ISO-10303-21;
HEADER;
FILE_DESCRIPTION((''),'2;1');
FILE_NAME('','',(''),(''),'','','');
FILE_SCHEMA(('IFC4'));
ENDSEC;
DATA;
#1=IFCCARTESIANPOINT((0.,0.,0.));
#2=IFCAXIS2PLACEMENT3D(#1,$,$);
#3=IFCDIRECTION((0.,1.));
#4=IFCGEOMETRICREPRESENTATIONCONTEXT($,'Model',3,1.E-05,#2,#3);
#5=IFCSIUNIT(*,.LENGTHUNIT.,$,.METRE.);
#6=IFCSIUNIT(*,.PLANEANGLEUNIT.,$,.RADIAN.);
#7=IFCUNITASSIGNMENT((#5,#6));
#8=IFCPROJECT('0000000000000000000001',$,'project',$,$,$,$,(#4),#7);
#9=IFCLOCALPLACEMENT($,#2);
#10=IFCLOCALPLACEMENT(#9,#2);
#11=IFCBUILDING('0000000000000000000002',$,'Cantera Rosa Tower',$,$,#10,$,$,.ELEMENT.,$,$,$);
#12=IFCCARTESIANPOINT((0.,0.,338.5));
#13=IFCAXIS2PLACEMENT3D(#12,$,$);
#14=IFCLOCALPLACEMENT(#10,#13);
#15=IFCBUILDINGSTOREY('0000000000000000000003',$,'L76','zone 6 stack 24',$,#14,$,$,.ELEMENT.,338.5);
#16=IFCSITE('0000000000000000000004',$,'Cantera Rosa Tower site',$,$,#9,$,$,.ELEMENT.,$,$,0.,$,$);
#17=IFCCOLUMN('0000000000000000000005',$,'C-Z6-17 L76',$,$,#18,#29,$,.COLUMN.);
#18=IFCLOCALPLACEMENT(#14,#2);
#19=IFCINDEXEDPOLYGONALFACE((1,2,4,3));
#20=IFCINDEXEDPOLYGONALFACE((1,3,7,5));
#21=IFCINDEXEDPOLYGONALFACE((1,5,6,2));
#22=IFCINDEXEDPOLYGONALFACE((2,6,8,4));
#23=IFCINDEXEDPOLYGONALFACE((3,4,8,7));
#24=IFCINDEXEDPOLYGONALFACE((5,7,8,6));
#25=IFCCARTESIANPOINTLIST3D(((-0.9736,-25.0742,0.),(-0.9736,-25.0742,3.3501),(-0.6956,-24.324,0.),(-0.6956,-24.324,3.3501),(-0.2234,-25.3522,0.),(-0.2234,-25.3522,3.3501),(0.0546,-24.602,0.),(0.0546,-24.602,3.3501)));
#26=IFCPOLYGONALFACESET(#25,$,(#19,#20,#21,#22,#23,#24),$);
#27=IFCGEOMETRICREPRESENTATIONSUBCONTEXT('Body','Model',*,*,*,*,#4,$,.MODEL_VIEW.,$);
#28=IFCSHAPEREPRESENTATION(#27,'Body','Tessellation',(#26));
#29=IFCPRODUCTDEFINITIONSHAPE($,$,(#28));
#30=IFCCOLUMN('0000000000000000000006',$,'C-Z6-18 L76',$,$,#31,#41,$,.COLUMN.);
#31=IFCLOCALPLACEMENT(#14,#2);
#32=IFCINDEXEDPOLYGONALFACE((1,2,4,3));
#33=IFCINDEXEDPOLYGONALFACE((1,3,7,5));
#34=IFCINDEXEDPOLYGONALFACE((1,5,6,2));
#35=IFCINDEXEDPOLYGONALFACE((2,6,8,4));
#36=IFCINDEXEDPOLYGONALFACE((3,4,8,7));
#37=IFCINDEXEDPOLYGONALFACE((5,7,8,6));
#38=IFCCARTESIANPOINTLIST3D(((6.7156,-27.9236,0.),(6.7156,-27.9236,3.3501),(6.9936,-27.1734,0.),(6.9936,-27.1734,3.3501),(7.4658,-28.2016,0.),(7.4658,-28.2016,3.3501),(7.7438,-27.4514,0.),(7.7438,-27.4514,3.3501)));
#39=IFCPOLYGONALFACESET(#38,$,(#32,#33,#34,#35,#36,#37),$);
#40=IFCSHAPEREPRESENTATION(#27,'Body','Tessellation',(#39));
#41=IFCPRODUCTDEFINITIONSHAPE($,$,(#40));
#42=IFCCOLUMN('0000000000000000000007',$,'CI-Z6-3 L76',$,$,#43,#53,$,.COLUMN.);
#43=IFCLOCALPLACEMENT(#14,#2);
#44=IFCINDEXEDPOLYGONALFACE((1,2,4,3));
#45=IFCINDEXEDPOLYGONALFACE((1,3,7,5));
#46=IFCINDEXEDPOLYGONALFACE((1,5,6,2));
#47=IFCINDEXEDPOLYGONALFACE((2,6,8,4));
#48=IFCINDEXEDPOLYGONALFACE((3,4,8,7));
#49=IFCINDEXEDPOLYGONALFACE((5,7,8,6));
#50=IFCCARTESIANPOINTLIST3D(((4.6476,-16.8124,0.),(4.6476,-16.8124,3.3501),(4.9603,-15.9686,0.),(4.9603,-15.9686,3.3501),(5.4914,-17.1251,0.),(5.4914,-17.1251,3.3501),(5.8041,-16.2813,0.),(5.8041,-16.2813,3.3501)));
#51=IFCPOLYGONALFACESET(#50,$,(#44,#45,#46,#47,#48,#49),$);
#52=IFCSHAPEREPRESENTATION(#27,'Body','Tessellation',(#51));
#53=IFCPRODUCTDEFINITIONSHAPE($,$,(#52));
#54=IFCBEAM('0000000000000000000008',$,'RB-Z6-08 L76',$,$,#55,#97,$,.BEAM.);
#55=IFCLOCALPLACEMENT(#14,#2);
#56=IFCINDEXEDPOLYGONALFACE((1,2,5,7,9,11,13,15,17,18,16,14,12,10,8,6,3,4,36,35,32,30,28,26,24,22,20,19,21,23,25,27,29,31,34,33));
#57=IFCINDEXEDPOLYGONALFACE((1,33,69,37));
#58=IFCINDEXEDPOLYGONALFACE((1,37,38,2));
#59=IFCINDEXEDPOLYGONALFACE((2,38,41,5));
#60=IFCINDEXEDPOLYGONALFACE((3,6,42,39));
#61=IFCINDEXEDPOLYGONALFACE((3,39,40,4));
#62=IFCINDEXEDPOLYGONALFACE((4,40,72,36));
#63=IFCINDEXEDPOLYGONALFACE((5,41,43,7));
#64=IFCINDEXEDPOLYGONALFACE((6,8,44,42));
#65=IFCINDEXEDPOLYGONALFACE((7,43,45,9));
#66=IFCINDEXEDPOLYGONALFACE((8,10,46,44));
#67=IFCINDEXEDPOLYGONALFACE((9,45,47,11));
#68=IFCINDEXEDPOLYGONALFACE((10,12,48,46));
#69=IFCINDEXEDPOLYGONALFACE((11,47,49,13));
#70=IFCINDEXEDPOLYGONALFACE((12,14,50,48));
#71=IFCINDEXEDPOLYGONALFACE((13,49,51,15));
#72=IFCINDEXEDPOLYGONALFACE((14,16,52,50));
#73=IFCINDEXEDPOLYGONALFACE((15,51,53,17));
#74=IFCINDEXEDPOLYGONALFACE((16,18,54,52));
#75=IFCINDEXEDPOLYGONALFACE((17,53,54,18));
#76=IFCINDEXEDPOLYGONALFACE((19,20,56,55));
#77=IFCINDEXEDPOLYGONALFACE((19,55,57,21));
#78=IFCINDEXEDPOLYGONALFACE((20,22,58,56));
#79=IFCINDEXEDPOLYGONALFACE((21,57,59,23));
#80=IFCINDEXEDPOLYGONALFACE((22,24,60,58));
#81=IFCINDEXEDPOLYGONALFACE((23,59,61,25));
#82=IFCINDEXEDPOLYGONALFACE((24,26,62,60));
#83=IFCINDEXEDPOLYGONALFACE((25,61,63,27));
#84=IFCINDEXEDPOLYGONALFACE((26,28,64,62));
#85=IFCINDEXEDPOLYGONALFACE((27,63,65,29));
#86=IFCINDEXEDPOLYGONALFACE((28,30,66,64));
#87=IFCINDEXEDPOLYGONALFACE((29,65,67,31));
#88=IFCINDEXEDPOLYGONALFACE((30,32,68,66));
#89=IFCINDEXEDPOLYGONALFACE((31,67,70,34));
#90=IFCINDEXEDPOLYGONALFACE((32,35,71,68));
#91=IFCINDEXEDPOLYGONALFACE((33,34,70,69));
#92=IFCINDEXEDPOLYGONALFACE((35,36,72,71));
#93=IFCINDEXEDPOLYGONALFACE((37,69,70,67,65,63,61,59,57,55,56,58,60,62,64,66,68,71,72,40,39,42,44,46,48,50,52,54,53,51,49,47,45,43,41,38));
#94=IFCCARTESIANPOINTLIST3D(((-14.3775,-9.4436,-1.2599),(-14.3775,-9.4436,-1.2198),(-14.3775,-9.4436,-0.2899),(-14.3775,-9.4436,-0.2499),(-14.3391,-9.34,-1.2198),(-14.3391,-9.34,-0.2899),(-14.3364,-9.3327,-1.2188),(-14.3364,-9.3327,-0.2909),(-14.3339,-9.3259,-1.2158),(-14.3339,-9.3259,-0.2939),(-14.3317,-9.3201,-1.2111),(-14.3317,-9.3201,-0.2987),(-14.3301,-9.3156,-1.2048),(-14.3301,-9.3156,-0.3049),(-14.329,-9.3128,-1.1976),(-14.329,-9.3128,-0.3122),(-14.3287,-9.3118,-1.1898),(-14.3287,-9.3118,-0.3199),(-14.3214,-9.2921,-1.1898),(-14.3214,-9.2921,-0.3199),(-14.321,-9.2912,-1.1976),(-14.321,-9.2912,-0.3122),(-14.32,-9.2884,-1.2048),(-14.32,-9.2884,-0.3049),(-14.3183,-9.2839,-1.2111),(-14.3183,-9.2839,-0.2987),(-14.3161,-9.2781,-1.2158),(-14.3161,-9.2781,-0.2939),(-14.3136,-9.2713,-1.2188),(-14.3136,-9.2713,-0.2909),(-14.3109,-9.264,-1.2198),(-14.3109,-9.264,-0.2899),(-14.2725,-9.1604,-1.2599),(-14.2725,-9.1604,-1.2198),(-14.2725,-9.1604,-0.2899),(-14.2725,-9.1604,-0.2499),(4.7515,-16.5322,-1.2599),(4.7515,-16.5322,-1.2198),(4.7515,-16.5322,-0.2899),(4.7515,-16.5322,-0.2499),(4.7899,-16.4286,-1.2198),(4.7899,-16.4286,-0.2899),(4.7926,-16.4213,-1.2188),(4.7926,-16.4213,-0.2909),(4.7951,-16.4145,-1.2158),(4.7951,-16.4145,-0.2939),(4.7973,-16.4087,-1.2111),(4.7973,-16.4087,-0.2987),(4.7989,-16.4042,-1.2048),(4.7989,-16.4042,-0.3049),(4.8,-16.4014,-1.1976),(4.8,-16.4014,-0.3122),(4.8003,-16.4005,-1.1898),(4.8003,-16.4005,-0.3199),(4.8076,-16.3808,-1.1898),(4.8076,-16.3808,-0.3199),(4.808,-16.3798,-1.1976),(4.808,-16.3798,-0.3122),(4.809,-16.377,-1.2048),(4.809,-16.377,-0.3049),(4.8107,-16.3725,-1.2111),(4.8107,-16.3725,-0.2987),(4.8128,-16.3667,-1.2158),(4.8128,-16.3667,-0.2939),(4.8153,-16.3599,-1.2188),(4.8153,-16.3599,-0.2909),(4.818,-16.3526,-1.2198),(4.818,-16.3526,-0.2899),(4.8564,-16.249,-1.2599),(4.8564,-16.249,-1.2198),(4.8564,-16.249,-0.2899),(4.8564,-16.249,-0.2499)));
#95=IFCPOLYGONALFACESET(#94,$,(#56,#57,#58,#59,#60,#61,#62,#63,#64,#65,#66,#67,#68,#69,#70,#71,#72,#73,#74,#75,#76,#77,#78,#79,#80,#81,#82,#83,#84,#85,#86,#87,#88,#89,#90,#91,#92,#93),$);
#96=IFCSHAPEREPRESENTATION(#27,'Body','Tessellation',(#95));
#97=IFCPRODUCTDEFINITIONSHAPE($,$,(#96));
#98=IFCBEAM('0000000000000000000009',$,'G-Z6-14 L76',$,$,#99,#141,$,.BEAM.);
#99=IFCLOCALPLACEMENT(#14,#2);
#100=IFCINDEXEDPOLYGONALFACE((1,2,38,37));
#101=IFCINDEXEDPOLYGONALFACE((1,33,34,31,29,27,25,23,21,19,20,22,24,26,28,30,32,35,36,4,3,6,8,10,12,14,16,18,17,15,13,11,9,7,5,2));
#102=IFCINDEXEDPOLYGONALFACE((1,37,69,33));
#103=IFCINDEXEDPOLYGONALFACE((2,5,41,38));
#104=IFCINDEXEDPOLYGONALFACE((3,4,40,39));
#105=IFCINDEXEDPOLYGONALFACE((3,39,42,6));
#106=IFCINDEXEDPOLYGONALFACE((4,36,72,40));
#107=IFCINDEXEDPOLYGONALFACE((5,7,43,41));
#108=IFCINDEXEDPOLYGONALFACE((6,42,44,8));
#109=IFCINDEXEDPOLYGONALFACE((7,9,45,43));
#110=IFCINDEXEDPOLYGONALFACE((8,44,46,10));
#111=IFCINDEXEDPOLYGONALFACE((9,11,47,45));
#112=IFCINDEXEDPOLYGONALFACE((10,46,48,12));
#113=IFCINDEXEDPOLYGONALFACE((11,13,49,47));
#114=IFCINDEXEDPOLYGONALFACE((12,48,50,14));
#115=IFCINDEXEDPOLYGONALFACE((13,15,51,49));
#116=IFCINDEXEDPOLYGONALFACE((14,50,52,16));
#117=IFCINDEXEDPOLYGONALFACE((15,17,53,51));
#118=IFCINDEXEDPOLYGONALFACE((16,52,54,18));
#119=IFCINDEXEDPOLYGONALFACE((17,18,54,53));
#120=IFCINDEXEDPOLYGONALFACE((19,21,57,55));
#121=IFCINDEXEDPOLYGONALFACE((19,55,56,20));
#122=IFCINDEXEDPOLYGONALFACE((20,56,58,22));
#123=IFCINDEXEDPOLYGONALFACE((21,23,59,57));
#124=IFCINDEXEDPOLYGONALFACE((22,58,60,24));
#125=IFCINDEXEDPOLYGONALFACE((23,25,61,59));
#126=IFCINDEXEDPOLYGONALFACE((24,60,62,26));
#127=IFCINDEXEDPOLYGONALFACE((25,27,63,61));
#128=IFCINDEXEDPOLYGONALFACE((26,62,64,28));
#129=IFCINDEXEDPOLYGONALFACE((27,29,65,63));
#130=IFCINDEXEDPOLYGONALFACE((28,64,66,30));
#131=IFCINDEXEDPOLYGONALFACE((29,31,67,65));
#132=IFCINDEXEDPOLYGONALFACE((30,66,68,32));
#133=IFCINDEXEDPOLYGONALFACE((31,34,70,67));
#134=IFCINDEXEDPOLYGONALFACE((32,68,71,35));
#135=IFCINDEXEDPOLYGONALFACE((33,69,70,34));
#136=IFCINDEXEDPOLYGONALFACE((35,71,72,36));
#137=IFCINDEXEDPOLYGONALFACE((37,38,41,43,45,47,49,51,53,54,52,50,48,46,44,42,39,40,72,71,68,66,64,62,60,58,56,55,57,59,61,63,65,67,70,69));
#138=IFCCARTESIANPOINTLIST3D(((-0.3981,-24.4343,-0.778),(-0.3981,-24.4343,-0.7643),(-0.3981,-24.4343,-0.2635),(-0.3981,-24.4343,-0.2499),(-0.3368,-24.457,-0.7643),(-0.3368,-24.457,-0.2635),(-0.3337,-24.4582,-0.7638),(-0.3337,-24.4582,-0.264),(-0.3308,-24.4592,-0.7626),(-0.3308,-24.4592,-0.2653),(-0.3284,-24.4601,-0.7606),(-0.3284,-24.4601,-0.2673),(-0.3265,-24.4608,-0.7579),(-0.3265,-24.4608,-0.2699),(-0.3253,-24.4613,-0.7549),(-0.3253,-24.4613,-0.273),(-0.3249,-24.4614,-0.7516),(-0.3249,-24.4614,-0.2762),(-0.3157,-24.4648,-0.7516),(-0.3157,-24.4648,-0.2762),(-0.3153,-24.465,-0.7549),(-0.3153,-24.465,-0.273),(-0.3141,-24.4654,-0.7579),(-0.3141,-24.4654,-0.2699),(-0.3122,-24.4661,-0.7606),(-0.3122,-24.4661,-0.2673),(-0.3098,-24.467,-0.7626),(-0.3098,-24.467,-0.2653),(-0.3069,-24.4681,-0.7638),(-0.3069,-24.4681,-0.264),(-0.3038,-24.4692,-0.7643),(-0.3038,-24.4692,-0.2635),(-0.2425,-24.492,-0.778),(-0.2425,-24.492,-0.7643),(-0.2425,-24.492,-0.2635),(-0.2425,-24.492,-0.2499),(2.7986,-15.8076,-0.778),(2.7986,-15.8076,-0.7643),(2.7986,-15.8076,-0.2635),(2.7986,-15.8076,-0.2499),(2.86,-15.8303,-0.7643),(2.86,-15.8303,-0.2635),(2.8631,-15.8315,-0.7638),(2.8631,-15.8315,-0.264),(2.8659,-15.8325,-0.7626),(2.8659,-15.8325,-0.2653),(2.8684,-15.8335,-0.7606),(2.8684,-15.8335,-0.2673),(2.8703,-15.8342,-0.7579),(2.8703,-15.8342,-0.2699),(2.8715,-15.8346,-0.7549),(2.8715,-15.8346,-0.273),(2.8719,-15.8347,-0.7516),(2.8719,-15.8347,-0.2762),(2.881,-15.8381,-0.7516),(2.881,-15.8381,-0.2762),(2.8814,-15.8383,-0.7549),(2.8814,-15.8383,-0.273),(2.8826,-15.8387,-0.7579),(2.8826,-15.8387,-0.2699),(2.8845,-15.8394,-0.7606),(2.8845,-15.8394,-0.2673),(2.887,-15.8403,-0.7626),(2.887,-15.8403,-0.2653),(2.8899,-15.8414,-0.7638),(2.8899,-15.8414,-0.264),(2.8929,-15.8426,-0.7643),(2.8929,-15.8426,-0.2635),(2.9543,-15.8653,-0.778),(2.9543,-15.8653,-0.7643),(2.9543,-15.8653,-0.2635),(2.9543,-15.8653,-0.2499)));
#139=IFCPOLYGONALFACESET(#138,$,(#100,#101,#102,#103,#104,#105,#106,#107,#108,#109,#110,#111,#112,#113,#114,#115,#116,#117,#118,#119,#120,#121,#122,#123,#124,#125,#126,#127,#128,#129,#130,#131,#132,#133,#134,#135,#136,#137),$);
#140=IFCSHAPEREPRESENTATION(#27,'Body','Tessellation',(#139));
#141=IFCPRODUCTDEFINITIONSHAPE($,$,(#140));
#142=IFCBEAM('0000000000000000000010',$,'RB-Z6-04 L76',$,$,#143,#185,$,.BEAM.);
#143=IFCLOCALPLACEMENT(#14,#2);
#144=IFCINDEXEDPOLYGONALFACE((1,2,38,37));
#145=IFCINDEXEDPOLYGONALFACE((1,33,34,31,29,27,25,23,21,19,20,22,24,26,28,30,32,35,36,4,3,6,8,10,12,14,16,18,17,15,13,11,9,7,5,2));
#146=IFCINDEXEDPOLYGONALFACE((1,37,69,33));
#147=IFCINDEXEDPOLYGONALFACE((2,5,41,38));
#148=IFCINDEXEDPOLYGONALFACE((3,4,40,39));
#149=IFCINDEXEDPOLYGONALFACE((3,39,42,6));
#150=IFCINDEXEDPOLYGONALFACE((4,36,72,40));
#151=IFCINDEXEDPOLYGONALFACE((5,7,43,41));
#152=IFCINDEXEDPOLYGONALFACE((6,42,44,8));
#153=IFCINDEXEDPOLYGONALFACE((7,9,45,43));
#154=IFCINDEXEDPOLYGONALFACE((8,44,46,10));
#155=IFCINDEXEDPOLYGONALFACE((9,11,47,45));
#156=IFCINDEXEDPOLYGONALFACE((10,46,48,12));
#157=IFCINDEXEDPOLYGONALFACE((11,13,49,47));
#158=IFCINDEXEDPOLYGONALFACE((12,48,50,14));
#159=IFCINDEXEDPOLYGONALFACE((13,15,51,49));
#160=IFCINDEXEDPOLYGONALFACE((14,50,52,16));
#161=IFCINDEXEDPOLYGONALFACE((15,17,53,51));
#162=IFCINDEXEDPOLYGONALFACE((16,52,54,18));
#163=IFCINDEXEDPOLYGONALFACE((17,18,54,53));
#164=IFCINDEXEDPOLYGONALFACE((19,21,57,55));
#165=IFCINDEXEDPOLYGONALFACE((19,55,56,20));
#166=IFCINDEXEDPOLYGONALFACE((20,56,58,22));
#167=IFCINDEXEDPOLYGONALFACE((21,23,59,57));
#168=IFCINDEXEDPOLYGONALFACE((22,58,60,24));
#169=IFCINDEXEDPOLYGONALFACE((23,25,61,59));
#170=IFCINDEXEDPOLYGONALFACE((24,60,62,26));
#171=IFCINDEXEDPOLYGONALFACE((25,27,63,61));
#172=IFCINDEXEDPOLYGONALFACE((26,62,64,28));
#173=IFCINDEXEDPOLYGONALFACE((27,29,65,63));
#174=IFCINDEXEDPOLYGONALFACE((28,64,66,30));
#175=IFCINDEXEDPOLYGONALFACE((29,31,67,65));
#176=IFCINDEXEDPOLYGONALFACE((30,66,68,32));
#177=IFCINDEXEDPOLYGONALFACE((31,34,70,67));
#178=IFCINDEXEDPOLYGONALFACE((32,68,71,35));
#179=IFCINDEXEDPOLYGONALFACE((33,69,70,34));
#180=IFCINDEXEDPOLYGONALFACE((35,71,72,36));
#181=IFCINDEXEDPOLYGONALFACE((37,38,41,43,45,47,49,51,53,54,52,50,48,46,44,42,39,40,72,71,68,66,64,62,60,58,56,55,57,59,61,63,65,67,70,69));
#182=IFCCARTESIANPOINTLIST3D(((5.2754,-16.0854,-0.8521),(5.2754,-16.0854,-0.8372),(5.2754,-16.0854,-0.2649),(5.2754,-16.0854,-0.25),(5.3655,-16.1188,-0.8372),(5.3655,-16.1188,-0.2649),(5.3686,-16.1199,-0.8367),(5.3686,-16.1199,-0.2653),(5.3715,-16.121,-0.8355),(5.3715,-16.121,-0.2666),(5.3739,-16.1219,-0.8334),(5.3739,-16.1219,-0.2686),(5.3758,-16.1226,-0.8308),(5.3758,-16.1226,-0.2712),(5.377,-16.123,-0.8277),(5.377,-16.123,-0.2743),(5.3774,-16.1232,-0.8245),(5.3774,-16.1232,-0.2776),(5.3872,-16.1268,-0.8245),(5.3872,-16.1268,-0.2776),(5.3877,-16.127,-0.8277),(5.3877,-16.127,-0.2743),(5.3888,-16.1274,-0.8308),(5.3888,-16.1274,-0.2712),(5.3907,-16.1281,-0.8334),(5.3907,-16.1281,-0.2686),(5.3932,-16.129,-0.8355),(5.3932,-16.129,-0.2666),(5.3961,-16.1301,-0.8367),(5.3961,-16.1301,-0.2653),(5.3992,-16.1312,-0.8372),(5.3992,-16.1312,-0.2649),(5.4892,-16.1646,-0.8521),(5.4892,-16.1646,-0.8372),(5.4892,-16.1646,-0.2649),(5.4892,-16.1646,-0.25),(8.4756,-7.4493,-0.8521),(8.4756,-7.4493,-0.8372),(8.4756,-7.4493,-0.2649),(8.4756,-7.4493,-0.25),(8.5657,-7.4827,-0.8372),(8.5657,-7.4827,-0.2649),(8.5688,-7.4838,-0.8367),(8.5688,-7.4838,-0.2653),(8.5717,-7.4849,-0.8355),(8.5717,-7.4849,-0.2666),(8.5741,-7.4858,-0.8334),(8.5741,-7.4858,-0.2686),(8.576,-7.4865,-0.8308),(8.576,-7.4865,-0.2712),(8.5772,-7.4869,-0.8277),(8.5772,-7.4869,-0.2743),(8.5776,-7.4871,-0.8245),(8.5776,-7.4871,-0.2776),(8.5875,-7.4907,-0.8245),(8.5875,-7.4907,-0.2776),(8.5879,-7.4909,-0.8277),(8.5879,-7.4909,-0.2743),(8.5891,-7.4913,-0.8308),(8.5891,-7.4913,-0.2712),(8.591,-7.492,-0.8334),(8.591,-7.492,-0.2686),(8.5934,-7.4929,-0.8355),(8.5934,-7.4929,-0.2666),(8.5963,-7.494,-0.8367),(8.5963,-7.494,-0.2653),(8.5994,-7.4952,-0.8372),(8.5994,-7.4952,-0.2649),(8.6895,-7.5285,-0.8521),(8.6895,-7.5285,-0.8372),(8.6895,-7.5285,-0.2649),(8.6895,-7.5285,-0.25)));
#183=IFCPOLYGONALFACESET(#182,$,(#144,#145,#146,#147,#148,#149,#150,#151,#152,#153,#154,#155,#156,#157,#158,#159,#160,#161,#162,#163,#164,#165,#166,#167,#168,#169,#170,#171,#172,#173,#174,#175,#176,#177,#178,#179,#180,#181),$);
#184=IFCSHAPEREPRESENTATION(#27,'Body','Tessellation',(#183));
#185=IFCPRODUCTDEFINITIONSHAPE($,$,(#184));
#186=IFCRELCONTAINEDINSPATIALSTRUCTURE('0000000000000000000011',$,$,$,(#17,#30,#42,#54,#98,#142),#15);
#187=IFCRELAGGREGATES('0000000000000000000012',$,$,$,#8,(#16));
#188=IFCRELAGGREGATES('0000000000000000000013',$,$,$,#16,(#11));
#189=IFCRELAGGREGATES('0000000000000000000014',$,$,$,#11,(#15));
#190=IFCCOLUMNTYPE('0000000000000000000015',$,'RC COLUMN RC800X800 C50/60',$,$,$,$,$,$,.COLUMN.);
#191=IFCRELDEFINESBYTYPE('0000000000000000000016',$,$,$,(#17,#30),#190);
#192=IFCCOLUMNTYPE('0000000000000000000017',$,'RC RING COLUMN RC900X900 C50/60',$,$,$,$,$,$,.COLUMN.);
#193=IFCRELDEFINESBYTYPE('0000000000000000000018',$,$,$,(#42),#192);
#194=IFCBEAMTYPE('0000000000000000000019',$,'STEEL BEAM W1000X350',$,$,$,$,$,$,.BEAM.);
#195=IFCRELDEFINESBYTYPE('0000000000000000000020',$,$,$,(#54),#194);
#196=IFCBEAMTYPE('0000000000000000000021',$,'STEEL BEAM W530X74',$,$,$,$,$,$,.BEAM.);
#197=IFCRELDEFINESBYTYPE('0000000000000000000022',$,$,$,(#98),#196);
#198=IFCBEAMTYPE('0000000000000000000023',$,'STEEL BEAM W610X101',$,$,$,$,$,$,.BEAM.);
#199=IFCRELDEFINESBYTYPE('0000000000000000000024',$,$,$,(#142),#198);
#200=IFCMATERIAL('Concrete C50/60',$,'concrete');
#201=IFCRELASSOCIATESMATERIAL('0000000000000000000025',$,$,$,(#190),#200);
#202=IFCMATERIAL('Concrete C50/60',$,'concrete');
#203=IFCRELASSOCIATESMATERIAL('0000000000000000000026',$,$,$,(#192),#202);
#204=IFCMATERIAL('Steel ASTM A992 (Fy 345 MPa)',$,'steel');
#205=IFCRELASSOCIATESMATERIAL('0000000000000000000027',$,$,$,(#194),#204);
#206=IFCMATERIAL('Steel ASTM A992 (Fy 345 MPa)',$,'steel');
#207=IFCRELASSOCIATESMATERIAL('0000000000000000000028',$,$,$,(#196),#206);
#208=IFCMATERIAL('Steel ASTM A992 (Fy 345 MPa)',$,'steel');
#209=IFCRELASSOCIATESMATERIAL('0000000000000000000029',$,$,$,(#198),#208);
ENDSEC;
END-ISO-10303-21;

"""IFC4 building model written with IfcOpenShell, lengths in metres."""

from ifc_helpers import new_model, si_unit, direction, frame, origin, origin_2d, place, context, subcontext, project, spatial, rectangle, i_section, extrude, material, material_profile, profile_set, type_object, element, save


model = new_model("IFC4")

# Units and contexts
model_context = context("Model", 3, precision=1e-05, world=origin(), true_north=direction((0.0, 1.0)))
body_context = subcontext(model_context, "Body", "Model", "MODEL_VIEW")
ifc_project = project(units=[si_unit("LENGTHUNIT", "METRE"), si_unit("PLANEANGLEUNIT", "RADIAN")], contexts=[model_context])

# Site, building, storey
site_placement = place(None, origin())
site = spatial("IfcSite", under=ifc_project, at=site_placement, Name="Cantera Rosa Tower site", CompositionType="ELEMENT", RefElevation=0.0)
building_placement = place(site_placement, origin())
building = spatial("IfcBuilding", under=site, at=building_placement, Name="Cantera Rosa Tower", CompositionType="ELEMENT")
storey_placement = place(building_placement, frame((0.0, 0.0, 338.5)))
storey = spatial("IfcBuildingStorey", under=building, at=storey_placement, Name="L76", Description="zone 6 stack 24", CompositionType="ELEMENT", Elevation=338.5)

# Columns
ifc_material_1 = material(Name="Concrete C50/60", Category="concrete")
ifc_material_profile_1 = material_profile(ifc_material_1, rectangle(XDim=0.8, YDim=0.8, at=origin_2d()), Name="RC COLUMN RC800X800 C50/60")
ifc_profile_set_1 = profile_set([ifc_material_profile_1], Name="Concrete C50/60")
column_type_1 = type_object("IfcColumnType", Name="RC COLUMN RC800X800 C50/60", PredefinedType="COLUMN", material=ifc_profile_set_1)
for number, where, z_axis, x_axis, name in (
    (1, (-0.4595, -24.8381, 0.0), (0.0, 0.0, 1.0), (0.347481, 0.937687, 0.0), "C-Z6-17 L76"),
    (2, (7.2297, -27.6875, 0.0), (0.0, 0.0, 1.0), (0.347481, 0.937687, 0.0), "C-Z6-18 L76"),
):
    element("IfcColumn", number, at=place(storey_placement, frame(where, z_axis=z_axis, x_axis=x_axis)), inside=storey, type_object=column_type_1, Name=name, PredefinedType="COLUMN", context=body_context, shape_type="SweptSolid", body=[
        extrude(rectangle(XDim=0.8, YDim=0.8, at=origin_2d()), origin(), (0.0, 0.0, 1.0), 3.3501),
    ])
ifc_material_2 = material(Name="Concrete C50/60", Category="concrete")
ifc_material_profile_2 = material_profile(ifc_material_2, rectangle(XDim=0.8999, YDim=0.8999, at=origin_2d()), Name="RC RING COLUMN RC900X900 C50/60")
ifc_profile_set_2 = profile_set([ifc_material_profile_2], Name="Concrete C50/60")
column_type_2 = type_object("IfcColumnType", Name="RC RING COLUMN RC900X900 C50/60", PredefinedType="COLUMN", material=ifc_profile_set_2)
column_placement = place(storey_placement, frame((5.2258, -16.5469, 0.0), z_axis=(0.0, 0.0, 1.0), x_axis=(0.347481, 0.937687, 0.0)))
element("IfcColumn", 3, at=column_placement, inside=storey, type_object=column_type_2, Name="CI-Z6-3 L76", PredefinedType="COLUMN", context=body_context, shape_type="SweptSolid", body=[
    extrude(rectangle(XDim=0.8999, YDim=0.8999, at=origin_2d()), origin(), (0.0, 0.0, 1.0), 3.3501),
])

# Beams
ifc_material_3 = material(Name="Steel ASTM A992 (Fy 345 MPa)", Category="steel")
ifc_material_profile_3 = material_profile(ifc_material_3, i_section(OverallWidth=0.302, OverallDepth=1.01, WebThickness=0.021, FlangeThickness=0.04, FilletRadius=0.03, at=origin_2d()), Name="W1000X350")
ifc_profile_set_3 = profile_set([ifc_material_profile_3], Name="Steel ASTM A992 (Fy 345 MPa)")
beam_type_1 = type_object("IfcBeamType", Name="STEEL BEAM W1000X350", PredefinedType="BEAM", material=ifc_profile_set_3)
beam_1_placement = place(storey_placement, frame((4.804, -16.3906, -0.7549), z_axis=(-0.937687, 0.34748, 0.0), x_axis=(-0.34748, -0.937687, 0.0)))
element("IfcBeam", 4, at=beam_1_placement, inside=storey, type_object=beam_type_1, Name="RB-Z6-08 L76", PredefinedType="BEAM", context=body_context, shape_type="SweptSolid", body=[
    extrude(i_section(OverallWidth=0.302, OverallDepth=1.01, WebThickness=0.021, FlangeThickness=0.04, FilletRadius=0.03, at=origin_2d()), origin(), (0.0, 0.0, 1.0), 20.4001),
])
ifc_material_4 = material(Name="Steel ASTM A992 (Fy 345 MPa)", Category="steel")
ifc_material_profile_4 = material_profile(ifc_material_4, i_section(OverallWidth=0.166, OverallDepth=0.5281, WebThickness=0.0098, FlangeThickness=0.0137, FilletRadius=0.0127, at=origin_2d()), Name="W530X74")
ifc_profile_set_4 = profile_set([ifc_material_profile_4], Name="Steel ASTM A992 (Fy 345 MPa)")
beam_type_2 = type_object("IfcBeamType", Name="STEEL BEAM W530X74", PredefinedType="BEAM", material=ifc_profile_set_4)
beam_2_placement = place(storey_placement, frame((-0.3203, -24.4631, -0.5139), z_axis=(0.347477, 0.937689, 0.0), x_axis=(-0.937689, 0.347477, 0.0)))
element("IfcBeam", 5, at=beam_2_placement, inside=storey, type_object=beam_type_2, Name="G-Z6-14 L76", PredefinedType="BEAM", context=body_context, shape_type="SweptSolid", body=[
    extrude(i_section(OverallWidth=0.166, OverallDepth=0.5281, WebThickness=0.0098, FlangeThickness=0.0137, FilletRadius=0.0127, at=origin_2d()), origin(), (0.0, 0.0, 1.0), 9.2),
])
ifc_material_5 = material(Name="Steel ASTM A992 (Fy 345 MPa)", Category="steel")
ifc_material_profile_5 = material_profile(ifc_material_5, i_section(OverallWidth=0.228, OverallDepth=0.6021, WebThickness=0.0105, FlangeThickness=0.0149, FilletRadius=0.0127, at=origin_2d()), Name="W610X101")
ifc_profile_set_5 = profile_set([ifc_material_profile_5], Name="Steel ASTM A992 (Fy 345 MPa)")
beam_type_3 = type_object("IfcBeamType", Name="STEEL BEAM W610X101", PredefinedType="BEAM", material=ifc_profile_set_5)
beam_3_placement = place(storey_placement, frame((5.3823, -16.125, -0.551), z_axis=(0.347475, 0.937689, 0.0), x_axis=(-0.937689, 0.347475, 0.0)))
element("IfcBeam", 6, at=beam_3_placement, inside=storey, type_object=beam_type_3, Name="RB-Z6-04 L76", PredefinedType="BEAM", context=body_context, shape_type="SweptSolid", body=[
    extrude(i_section(OverallWidth=0.228, OverallDepth=0.6021, WebThickness=0.0105, FlangeThickness=0.0149, FilletRadius=0.0127, at=origin_2d()), origin(), (0.0, 0.0, 1.0), 9.21),
])

save(model, "model.ifc")
